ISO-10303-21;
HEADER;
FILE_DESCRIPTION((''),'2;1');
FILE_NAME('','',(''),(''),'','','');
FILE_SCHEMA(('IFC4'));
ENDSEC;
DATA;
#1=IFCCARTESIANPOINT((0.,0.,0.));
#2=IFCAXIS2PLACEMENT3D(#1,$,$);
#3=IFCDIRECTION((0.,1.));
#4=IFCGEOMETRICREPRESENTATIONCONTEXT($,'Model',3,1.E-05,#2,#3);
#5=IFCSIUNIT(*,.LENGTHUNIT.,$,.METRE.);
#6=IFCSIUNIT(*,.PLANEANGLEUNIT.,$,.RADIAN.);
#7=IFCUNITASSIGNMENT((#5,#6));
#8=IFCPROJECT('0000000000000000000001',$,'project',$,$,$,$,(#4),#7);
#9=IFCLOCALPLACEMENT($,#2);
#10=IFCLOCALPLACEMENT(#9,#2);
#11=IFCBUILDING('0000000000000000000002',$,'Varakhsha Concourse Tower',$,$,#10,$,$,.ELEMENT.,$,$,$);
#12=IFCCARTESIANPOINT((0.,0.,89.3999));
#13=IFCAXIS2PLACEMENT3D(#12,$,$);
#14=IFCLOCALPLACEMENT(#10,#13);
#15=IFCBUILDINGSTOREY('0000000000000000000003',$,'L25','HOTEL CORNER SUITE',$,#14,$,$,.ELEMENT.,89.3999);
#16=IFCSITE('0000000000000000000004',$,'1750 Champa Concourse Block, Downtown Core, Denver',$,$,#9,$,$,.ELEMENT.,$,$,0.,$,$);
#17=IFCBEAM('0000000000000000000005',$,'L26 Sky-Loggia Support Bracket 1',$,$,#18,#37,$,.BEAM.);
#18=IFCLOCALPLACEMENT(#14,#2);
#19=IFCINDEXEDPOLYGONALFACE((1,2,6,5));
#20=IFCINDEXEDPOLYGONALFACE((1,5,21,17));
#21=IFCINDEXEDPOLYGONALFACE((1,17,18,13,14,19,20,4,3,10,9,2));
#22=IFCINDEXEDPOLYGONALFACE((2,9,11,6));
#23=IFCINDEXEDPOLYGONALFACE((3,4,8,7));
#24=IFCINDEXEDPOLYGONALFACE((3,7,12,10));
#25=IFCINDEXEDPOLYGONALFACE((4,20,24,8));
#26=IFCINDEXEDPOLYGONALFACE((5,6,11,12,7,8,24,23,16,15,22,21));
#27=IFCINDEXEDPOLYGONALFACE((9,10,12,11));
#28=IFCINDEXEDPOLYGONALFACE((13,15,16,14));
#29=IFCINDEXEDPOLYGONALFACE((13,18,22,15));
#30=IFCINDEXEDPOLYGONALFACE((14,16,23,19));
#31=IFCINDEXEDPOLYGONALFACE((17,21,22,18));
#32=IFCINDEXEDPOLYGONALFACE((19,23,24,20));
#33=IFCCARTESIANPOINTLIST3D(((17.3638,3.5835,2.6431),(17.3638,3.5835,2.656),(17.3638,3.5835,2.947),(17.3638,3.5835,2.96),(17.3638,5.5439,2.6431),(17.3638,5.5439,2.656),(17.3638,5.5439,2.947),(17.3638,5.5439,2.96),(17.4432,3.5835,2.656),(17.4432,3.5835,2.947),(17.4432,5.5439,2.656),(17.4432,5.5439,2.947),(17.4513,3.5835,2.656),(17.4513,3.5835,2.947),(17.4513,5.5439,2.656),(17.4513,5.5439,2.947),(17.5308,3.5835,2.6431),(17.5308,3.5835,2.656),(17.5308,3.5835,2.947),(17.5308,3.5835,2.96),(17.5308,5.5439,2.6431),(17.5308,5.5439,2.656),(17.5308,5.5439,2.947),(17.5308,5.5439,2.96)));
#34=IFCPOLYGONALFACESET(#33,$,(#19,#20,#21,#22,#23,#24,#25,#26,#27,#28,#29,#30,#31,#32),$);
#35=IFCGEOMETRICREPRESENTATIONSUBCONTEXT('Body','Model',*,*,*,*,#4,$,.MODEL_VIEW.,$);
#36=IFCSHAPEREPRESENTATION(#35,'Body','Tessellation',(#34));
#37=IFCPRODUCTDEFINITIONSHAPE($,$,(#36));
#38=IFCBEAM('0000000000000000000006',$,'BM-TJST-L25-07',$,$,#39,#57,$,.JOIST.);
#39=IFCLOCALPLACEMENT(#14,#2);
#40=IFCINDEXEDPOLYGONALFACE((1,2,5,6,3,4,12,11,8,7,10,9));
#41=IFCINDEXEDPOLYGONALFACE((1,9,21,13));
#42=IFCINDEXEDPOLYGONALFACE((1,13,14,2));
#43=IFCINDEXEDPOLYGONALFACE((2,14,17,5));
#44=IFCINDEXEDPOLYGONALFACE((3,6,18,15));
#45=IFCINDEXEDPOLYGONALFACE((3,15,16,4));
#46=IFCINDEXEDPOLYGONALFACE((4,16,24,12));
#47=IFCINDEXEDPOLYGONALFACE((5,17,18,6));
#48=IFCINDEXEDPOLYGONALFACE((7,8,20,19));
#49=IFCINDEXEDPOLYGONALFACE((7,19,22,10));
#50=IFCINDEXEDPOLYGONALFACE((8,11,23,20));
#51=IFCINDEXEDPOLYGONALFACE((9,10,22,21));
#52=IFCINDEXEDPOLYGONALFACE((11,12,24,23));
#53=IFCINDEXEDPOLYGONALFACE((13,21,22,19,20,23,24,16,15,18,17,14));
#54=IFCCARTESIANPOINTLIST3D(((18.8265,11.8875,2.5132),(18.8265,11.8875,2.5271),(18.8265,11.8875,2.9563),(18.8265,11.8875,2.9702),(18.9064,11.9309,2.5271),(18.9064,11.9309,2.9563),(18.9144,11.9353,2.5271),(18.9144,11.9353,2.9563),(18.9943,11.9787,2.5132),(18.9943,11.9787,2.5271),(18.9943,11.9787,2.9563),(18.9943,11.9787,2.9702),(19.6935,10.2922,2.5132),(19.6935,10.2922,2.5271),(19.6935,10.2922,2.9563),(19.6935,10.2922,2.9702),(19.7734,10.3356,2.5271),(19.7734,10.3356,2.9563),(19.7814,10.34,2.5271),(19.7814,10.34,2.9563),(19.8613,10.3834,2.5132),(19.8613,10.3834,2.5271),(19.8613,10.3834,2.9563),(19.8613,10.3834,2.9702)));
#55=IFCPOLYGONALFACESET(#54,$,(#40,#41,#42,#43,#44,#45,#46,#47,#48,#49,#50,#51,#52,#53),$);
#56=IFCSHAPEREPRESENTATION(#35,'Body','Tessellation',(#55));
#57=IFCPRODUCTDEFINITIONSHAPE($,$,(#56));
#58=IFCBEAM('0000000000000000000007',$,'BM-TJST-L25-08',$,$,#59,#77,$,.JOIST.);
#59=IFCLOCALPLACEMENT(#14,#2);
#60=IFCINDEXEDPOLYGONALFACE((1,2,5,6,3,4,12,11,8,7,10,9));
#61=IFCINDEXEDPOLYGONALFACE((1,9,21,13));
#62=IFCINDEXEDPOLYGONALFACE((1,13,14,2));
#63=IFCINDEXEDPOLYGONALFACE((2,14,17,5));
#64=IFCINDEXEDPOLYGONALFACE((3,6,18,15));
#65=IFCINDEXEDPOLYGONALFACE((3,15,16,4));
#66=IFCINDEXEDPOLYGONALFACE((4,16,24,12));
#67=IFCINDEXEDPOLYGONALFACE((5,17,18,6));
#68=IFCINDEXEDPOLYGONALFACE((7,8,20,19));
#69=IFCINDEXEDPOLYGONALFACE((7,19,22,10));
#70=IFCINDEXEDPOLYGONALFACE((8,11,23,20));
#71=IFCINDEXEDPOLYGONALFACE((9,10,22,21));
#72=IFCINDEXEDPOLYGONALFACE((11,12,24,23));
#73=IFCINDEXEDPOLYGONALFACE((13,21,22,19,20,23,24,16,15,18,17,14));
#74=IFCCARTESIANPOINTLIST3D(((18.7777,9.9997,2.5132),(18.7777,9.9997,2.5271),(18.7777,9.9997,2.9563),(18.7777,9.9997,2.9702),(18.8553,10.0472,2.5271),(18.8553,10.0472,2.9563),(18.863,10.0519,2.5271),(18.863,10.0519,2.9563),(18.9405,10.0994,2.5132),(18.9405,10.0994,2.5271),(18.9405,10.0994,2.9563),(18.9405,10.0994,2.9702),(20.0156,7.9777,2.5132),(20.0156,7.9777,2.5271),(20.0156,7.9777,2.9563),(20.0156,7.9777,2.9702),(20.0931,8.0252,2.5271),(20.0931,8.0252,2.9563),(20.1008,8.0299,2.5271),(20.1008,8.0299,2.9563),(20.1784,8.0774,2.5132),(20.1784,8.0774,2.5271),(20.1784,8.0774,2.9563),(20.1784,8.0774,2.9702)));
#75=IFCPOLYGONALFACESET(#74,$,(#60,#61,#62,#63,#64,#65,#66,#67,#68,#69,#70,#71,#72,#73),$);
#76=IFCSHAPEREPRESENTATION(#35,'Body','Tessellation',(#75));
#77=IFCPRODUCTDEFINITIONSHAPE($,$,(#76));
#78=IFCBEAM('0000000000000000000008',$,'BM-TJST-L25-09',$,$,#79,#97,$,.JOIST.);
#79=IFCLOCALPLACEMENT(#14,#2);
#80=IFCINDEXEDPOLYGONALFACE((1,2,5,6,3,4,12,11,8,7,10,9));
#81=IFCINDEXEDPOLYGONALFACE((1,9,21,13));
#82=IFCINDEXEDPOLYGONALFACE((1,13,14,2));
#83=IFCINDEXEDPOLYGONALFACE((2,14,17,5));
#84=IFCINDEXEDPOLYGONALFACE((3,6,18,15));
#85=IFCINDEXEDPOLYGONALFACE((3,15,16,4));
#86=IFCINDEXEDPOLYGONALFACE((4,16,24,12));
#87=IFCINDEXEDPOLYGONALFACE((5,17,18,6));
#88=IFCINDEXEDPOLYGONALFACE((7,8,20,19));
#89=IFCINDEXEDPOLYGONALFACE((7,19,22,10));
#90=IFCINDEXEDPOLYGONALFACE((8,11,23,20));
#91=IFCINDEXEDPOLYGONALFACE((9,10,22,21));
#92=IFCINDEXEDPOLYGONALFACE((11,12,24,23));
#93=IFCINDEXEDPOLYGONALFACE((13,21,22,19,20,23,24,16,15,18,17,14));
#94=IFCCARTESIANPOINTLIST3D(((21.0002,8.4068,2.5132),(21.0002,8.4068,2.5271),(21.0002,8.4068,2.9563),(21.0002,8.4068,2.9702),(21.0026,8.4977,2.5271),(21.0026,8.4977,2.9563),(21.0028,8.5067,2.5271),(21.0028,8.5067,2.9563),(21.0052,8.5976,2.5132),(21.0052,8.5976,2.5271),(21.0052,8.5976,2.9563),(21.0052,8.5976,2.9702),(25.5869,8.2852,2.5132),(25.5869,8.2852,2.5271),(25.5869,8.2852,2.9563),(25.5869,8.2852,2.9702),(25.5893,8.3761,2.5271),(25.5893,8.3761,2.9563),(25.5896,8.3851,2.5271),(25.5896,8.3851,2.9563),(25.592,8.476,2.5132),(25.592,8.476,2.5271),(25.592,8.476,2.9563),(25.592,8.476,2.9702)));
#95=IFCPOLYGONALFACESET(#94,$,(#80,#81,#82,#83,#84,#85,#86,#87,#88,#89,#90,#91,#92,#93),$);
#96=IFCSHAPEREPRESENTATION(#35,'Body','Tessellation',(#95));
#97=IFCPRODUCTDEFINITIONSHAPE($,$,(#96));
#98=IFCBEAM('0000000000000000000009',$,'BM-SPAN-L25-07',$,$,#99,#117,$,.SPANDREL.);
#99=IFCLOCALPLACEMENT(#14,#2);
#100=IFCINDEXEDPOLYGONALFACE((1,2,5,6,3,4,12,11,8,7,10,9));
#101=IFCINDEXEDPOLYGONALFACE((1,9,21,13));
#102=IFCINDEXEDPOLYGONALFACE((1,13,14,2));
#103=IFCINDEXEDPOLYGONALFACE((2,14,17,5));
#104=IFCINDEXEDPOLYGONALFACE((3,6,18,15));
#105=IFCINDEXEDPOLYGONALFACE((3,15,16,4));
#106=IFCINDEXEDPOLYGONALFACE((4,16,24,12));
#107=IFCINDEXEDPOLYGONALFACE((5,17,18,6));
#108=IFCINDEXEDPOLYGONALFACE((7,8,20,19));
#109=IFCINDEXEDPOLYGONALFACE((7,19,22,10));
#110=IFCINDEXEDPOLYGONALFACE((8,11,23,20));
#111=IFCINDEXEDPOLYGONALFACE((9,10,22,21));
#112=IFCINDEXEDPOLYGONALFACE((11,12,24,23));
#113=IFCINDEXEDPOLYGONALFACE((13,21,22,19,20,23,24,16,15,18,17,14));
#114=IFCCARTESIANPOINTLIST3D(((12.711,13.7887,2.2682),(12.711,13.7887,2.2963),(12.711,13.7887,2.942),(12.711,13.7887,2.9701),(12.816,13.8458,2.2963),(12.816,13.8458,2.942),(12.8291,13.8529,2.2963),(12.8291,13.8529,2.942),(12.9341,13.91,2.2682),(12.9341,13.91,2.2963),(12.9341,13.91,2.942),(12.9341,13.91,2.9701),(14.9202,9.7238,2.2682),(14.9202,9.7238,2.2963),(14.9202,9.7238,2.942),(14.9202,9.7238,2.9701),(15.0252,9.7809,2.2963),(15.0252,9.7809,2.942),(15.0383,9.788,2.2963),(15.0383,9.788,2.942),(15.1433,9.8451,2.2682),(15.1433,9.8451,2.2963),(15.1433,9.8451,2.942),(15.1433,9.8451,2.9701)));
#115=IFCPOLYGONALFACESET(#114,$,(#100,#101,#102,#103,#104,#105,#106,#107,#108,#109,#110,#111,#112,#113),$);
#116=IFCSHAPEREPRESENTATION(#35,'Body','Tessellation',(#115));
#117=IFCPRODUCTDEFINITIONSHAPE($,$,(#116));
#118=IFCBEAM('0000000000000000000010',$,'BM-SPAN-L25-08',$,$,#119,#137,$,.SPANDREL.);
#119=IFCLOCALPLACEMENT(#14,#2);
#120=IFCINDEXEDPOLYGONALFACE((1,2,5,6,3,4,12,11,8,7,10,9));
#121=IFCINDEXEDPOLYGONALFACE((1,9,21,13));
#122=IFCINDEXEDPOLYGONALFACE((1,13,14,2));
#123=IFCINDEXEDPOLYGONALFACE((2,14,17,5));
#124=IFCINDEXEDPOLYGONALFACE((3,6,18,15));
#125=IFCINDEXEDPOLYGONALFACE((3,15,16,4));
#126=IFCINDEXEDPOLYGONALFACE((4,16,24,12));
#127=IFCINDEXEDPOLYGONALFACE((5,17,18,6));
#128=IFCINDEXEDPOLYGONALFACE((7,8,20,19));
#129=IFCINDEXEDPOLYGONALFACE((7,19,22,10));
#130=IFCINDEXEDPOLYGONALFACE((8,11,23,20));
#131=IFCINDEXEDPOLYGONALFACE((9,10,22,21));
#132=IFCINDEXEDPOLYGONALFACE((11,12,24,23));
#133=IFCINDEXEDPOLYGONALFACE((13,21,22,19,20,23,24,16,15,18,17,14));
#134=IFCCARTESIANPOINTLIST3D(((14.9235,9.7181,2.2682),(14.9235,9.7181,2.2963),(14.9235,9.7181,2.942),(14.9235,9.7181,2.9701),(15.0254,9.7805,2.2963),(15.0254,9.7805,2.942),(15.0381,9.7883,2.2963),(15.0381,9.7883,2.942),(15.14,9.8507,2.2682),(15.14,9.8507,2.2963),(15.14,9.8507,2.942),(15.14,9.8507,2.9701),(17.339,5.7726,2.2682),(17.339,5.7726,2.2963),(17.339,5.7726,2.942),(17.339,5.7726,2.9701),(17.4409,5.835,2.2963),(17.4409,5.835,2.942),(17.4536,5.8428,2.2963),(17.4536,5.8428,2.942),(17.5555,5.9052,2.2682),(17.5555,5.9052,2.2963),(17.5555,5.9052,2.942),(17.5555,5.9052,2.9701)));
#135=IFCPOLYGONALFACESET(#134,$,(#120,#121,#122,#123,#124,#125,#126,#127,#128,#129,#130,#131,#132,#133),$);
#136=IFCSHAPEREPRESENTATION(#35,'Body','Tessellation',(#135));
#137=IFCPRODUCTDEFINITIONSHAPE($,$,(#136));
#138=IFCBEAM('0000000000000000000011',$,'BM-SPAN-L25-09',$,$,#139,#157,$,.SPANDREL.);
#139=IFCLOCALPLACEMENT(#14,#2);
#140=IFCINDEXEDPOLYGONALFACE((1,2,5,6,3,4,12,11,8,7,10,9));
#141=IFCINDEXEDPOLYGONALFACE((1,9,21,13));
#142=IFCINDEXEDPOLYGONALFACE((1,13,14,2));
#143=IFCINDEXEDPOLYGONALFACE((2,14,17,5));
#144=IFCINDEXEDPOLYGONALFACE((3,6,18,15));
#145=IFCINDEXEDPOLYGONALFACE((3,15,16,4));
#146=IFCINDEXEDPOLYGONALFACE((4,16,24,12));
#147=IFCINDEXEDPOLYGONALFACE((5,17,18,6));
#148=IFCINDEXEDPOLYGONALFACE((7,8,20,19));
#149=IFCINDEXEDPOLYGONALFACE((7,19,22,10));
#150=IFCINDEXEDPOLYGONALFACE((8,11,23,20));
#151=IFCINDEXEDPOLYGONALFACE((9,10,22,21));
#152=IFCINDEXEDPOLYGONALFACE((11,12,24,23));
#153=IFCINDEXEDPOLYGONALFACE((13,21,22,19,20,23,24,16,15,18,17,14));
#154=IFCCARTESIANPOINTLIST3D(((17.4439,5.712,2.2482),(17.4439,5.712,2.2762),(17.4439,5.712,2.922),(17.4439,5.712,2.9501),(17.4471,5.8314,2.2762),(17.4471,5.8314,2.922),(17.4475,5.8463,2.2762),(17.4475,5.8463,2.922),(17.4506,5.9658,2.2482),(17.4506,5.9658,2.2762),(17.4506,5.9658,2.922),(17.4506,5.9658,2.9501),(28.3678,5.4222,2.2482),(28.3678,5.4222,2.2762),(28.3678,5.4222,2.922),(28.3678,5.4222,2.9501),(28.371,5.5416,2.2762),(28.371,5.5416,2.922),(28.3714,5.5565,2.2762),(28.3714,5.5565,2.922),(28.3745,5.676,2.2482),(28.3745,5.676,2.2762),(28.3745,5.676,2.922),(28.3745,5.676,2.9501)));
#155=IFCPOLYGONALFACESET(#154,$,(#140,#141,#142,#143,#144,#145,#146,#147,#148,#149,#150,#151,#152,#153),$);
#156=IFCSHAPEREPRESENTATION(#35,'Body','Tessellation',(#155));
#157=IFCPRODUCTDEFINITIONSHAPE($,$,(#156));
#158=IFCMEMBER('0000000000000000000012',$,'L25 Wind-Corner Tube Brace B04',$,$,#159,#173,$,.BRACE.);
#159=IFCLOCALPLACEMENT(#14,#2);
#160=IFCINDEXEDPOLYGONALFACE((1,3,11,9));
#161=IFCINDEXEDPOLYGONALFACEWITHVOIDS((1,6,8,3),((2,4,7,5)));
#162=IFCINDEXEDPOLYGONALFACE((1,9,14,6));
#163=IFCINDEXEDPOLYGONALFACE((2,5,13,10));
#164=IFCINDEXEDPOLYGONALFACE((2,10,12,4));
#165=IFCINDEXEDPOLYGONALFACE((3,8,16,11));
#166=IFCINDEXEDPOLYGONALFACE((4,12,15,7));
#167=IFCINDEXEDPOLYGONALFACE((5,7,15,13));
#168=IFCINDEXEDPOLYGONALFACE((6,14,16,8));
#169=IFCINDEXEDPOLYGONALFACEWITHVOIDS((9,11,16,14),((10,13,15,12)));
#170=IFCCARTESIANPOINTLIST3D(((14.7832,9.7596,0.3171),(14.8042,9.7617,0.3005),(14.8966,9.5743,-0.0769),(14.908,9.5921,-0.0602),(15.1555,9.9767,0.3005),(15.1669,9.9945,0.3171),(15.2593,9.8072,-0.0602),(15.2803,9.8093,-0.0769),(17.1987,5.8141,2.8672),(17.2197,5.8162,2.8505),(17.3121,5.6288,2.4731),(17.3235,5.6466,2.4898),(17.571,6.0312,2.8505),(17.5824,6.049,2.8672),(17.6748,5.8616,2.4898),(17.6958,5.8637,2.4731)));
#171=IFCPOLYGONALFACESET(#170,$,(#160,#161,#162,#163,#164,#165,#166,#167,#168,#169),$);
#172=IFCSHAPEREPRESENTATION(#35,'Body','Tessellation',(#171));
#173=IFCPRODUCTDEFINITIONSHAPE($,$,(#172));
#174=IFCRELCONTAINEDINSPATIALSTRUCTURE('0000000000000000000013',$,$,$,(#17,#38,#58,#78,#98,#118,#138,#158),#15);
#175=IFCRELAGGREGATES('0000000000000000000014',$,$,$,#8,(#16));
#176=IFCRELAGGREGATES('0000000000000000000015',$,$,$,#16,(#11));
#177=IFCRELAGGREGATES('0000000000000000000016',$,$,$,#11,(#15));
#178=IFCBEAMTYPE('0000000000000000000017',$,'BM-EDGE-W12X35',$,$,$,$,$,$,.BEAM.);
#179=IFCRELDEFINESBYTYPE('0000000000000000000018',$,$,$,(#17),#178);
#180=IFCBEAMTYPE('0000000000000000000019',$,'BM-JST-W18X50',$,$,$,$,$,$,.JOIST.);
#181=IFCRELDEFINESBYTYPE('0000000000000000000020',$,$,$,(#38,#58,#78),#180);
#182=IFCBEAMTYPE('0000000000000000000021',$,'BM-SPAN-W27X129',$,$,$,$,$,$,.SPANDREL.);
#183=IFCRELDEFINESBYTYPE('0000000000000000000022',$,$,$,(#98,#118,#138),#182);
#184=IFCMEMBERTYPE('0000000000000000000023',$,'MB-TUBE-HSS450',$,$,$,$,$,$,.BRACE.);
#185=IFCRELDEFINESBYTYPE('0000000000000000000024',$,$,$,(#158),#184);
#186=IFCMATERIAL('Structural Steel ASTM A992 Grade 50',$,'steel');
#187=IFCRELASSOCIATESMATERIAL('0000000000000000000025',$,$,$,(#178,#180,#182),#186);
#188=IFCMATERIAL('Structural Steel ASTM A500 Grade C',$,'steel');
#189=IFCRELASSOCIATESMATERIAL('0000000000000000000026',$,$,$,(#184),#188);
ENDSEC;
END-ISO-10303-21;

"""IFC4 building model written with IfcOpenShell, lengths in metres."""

from ifc_helpers import new_model, si_unit, direction, frame, origin, origin_2d, place, context, subcontext, project, spatial, hollow_rectangle, i_section, extrude, source, transform, mapped, material, material_profile, profile_set, type_object, element, save


model = new_model("IFC4")

# Units and contexts
model_context = context("Model", 3, precision=1e-05, world=origin(), true_north=direction((0.0, 1.0)))
body_context = subcontext(model_context, "Body", "Model", "MODEL_VIEW")
ifc_project = project(units=[si_unit("LENGTHUNIT", "METRE"), si_unit("PLANEANGLEUNIT", "RADIAN")], contexts=[model_context])

# Site, building, storey
site_placement = place(None, origin())
site = spatial("IfcSite", under=ifc_project, at=site_placement, Name="1750 Champa Concourse Block, Downtown Core, Denver", CompositionType="ELEMENT", RefElevation=0.0)
building_placement = place(site_placement, origin())
building = spatial("IfcBuilding", under=site, at=building_placement, Name="Varakhsha Concourse Tower", CompositionType="ELEMENT")
storey_placement = place(building_placement, frame((0.0, 0.0, 89.3999)))
storey = spatial("IfcBuildingStorey", under=building, at=storey_placement, Name="L25", Description="HOTEL CORNER SUITE", CompositionType="ELEMENT", Elevation=89.3999)

# Shared definitions
ifc_material_1 = material(Name="Structural Steel ASTM A992 Grade 50", Category="steel")

# Beams
ifc_material_profile_1 = material_profile(ifc_material_1, i_section(OverallWidth=0.167, OverallDepth=0.3169, WebThickness=0.0081, FlangeThickness=0.0129, at=origin_2d()), Name="W12X35")
ifc_profile_set_1 = profile_set([ifc_material_profile_1], Name="Structural Steel ASTM A992 Grade 50")
beam_type_1 = type_object("IfcBeamType", Name="BM-EDGE-W12X35", PredefinedType="BEAM", material=ifc_profile_set_1)
beam_1_placement = place(storey_placement, frame((17.4473, 5.5439, 2.8015), z_axis=(0.0, -1.0, 0.0), x_axis=(1.0, 0.0, 0.0)))
element("IfcBeam", 1, at=beam_1_placement, inside=storey, type_object=beam_type_1, Name="L26 Sky-Loggia Support Bracket 1", PredefinedType="BEAM", context=body_context, shape_type="SweptSolid", body=[
    extrude(i_section(OverallWidth=0.167, OverallDepth=0.3169, WebThickness=0.0081, FlangeThickness=0.0129, at=origin_2d()), origin(), (0.0, 0.0, 1.0), 1.9604),
])
ifc_material_profile_2 = material_profile(ifc_material_1, i_section(OverallWidth=0.1909, OverallDepth=0.457, WebThickness=0.009, FlangeThickness=0.0139, at=origin_2d()), Name="W18X50")
ifc_profile_set_2 = profile_set([ifc_material_profile_2], Name="Structural Steel ASTM A992 Grade 50")
beam_type_2 = type_object("IfcBeamType", Name="BM-JST-W18X50", PredefinedType="JOIST", material=ifc_profile_set_2)
beam_2_placement = place(storey_placement, frame((18.9104, 11.9331, 2.7417), z_axis=(0.477504, -0.878629, 0.0), x_axis=(0.878629, 0.477504, 0.0)))
element("IfcBeam", 2, at=beam_2_placement, inside=storey, type_object=beam_type_2, Name="BM-TJST-L25-07", PredefinedType="JOIST", context=body_context, shape_type="SweptSolid", body=[
    extrude(i_section(OverallWidth=0.1909, OverallDepth=0.457, WebThickness=0.009, FlangeThickness=0.0139, at=origin_2d()), origin(), (0.0, 0.0, 1.0), 1.8157),
])
beam_3_placement = place(storey_placement, frame((18.8591, 10.0496, 2.7417), z_axis=(0.522108, -0.852879, 0.0), x_axis=(0.852879, 0.522108, 0.0)))
element("IfcBeam", 3, at=beam_3_placement, inside=storey, type_object=beam_type_2, Name="BM-TJST-L25-08", PredefinedType="JOIST", context=body_context, shape_type="SweptSolid", body=[
    extrude(i_section(OverallWidth=0.1909, OverallDepth=0.457, WebThickness=0.009, FlangeThickness=0.0139, at=origin_2d()), origin(), (0.0, 0.0, 1.0), 2.3708),
])
beam_4_placement = place(storey_placement, frame((21.0027, 8.5022, 2.7417), z_axis=(0.999649, -0.026498, 0.0), x_axis=(0.026498, 0.999649, 0.0)))
element("IfcBeam", 4, at=beam_4_placement, inside=storey, type_object=beam_type_2, Name="BM-TJST-L25-09", PredefinedType="JOIST", context=body_context, shape_type="SweptSolid", body=[
    extrude(i_section(OverallWidth=0.1909, OverallDepth=0.457, WebThickness=0.009, FlangeThickness=0.0139, at=origin_2d()), origin(), (0.0, 0.0, 1.0), 4.5884),
])
ifc_material_profile_3 = material_profile(ifc_material_1, i_section(OverallWidth=0.2539, OverallDepth=0.7019, WebThickness=0.0149, FlangeThickness=0.0281, at=origin_2d()), Name="W27X129")
ifc_profile_set_3 = profile_set([ifc_material_profile_3], Name="Structural Steel ASTM A992 Grade 50")
beam_type_3 = type_object("IfcBeamType", Name="BM-SPAN-W27X129", PredefinedType="SPANDREL", material=ifc_profile_set_3)
beam_5_placement = place(storey_placement, frame((12.8225, 13.8494, 2.6191), z_axis=(0.477517, -0.878623, 0.0), x_axis=(0.878623, 0.477517, 0.0)))
element("IfcBeam", 5, at=beam_5_placement, inside=storey, type_object=beam_type_3, Name="BM-SPAN-L25-07", PredefinedType="SPANDREL", context=body_context, shape_type="SweptSolid", body=[
    extrude(i_section(OverallWidth=0.2539, OverallDepth=0.7019, WebThickness=0.0149, FlangeThickness=0.0281, at=origin_2d()), origin(), (0.0, 0.0, 1.0), 4.6265),
])
beam_6_placement = place(storey_placement, frame((15.0317, 9.7844, 2.6191), z_axis=(0.522135, -0.852863, 0.0), x_axis=(0.852863, 0.522135, 0.0)))
element("IfcBeam", 6, at=beam_6_placement, inside=storey, type_object=beam_type_3, Name="BM-SPAN-L25-08", PredefinedType="SPANDREL", context=body_context, shape_type="SweptSolid", body=[
    extrude(i_section(OverallWidth=0.2539, OverallDepth=0.7019, WebThickness=0.0149, FlangeThickness=0.0281, at=origin_2d()), origin(), (0.0, 0.0, 1.0), 4.6262),
])
beam_7_placement = place(storey_placement, frame((17.4473, 5.8389, 2.5991), z_axis=(0.999648, -0.026519, 0.0), x_axis=(0.026519, 0.999648, 0.0)))
element("IfcBeam", 7, at=beam_7_placement, inside=storey, type_object=beam_type_3, Name="BM-SPAN-L25-09", PredefinedType="SPANDREL", context=body_context, shape_type="SweptSolid", body=[
    extrude(i_section(OverallWidth=0.2539, OverallDepth=0.7019, WebThickness=0.0149, FlangeThickness=0.0281, at=origin_2d()), origin(), (0.0, 0.0, 1.0), 10.9277),
])

# Member
ifc_material_2 = material(Name="Structural Steel ASTM A500 Grade C", Category="steel")
ifc_material_profile_4 = material_profile(ifc_material_2, hollow_rectangle(XDim=0.45, YDim=0.45, WallThickness=0.019, at=origin_2d()), Name="HSS 450x450x19")
ifc_profile_set_4 = profile_set([ifc_material_profile_4], Name="Structural Steel ASTM A500 Grade C")
member_type_1 = type_object("IfcMemberType", Name="MB-TUBE-HSS450", PredefinedType="BRACE", material=ifc_profile_set_4)
shared_shape_1 = source(origin(), body_context, "Body", "SweptSolid", [
    extrude(hollow_rectangle(XDim=0.45, YDim=0.45, WallThickness=0.019, at=origin_2d()), origin(), (0.0, 0.0, 1.0), 5.2825),
])
member_1_placement = place(storey_placement, frame((15.0317, 9.7844, 0.1201), z_axis=(0.457269, -0.746909, 0.482734), x_axis=(0.852863, 0.522135, 0.0)))
element("IfcMember", 8, at=member_1_placement, inside=storey, type_object=member_type_1, Name="L25 Wind-Corner Tube Brace B04", PredefinedType="BRACE", context=body_context, shape_type="MappedRepresentation", body=[
    mapped(shared_shape_1, transform((0.0, 0.0, 0.0), scale=1.0)),
])

save(model, "model.ifc")
